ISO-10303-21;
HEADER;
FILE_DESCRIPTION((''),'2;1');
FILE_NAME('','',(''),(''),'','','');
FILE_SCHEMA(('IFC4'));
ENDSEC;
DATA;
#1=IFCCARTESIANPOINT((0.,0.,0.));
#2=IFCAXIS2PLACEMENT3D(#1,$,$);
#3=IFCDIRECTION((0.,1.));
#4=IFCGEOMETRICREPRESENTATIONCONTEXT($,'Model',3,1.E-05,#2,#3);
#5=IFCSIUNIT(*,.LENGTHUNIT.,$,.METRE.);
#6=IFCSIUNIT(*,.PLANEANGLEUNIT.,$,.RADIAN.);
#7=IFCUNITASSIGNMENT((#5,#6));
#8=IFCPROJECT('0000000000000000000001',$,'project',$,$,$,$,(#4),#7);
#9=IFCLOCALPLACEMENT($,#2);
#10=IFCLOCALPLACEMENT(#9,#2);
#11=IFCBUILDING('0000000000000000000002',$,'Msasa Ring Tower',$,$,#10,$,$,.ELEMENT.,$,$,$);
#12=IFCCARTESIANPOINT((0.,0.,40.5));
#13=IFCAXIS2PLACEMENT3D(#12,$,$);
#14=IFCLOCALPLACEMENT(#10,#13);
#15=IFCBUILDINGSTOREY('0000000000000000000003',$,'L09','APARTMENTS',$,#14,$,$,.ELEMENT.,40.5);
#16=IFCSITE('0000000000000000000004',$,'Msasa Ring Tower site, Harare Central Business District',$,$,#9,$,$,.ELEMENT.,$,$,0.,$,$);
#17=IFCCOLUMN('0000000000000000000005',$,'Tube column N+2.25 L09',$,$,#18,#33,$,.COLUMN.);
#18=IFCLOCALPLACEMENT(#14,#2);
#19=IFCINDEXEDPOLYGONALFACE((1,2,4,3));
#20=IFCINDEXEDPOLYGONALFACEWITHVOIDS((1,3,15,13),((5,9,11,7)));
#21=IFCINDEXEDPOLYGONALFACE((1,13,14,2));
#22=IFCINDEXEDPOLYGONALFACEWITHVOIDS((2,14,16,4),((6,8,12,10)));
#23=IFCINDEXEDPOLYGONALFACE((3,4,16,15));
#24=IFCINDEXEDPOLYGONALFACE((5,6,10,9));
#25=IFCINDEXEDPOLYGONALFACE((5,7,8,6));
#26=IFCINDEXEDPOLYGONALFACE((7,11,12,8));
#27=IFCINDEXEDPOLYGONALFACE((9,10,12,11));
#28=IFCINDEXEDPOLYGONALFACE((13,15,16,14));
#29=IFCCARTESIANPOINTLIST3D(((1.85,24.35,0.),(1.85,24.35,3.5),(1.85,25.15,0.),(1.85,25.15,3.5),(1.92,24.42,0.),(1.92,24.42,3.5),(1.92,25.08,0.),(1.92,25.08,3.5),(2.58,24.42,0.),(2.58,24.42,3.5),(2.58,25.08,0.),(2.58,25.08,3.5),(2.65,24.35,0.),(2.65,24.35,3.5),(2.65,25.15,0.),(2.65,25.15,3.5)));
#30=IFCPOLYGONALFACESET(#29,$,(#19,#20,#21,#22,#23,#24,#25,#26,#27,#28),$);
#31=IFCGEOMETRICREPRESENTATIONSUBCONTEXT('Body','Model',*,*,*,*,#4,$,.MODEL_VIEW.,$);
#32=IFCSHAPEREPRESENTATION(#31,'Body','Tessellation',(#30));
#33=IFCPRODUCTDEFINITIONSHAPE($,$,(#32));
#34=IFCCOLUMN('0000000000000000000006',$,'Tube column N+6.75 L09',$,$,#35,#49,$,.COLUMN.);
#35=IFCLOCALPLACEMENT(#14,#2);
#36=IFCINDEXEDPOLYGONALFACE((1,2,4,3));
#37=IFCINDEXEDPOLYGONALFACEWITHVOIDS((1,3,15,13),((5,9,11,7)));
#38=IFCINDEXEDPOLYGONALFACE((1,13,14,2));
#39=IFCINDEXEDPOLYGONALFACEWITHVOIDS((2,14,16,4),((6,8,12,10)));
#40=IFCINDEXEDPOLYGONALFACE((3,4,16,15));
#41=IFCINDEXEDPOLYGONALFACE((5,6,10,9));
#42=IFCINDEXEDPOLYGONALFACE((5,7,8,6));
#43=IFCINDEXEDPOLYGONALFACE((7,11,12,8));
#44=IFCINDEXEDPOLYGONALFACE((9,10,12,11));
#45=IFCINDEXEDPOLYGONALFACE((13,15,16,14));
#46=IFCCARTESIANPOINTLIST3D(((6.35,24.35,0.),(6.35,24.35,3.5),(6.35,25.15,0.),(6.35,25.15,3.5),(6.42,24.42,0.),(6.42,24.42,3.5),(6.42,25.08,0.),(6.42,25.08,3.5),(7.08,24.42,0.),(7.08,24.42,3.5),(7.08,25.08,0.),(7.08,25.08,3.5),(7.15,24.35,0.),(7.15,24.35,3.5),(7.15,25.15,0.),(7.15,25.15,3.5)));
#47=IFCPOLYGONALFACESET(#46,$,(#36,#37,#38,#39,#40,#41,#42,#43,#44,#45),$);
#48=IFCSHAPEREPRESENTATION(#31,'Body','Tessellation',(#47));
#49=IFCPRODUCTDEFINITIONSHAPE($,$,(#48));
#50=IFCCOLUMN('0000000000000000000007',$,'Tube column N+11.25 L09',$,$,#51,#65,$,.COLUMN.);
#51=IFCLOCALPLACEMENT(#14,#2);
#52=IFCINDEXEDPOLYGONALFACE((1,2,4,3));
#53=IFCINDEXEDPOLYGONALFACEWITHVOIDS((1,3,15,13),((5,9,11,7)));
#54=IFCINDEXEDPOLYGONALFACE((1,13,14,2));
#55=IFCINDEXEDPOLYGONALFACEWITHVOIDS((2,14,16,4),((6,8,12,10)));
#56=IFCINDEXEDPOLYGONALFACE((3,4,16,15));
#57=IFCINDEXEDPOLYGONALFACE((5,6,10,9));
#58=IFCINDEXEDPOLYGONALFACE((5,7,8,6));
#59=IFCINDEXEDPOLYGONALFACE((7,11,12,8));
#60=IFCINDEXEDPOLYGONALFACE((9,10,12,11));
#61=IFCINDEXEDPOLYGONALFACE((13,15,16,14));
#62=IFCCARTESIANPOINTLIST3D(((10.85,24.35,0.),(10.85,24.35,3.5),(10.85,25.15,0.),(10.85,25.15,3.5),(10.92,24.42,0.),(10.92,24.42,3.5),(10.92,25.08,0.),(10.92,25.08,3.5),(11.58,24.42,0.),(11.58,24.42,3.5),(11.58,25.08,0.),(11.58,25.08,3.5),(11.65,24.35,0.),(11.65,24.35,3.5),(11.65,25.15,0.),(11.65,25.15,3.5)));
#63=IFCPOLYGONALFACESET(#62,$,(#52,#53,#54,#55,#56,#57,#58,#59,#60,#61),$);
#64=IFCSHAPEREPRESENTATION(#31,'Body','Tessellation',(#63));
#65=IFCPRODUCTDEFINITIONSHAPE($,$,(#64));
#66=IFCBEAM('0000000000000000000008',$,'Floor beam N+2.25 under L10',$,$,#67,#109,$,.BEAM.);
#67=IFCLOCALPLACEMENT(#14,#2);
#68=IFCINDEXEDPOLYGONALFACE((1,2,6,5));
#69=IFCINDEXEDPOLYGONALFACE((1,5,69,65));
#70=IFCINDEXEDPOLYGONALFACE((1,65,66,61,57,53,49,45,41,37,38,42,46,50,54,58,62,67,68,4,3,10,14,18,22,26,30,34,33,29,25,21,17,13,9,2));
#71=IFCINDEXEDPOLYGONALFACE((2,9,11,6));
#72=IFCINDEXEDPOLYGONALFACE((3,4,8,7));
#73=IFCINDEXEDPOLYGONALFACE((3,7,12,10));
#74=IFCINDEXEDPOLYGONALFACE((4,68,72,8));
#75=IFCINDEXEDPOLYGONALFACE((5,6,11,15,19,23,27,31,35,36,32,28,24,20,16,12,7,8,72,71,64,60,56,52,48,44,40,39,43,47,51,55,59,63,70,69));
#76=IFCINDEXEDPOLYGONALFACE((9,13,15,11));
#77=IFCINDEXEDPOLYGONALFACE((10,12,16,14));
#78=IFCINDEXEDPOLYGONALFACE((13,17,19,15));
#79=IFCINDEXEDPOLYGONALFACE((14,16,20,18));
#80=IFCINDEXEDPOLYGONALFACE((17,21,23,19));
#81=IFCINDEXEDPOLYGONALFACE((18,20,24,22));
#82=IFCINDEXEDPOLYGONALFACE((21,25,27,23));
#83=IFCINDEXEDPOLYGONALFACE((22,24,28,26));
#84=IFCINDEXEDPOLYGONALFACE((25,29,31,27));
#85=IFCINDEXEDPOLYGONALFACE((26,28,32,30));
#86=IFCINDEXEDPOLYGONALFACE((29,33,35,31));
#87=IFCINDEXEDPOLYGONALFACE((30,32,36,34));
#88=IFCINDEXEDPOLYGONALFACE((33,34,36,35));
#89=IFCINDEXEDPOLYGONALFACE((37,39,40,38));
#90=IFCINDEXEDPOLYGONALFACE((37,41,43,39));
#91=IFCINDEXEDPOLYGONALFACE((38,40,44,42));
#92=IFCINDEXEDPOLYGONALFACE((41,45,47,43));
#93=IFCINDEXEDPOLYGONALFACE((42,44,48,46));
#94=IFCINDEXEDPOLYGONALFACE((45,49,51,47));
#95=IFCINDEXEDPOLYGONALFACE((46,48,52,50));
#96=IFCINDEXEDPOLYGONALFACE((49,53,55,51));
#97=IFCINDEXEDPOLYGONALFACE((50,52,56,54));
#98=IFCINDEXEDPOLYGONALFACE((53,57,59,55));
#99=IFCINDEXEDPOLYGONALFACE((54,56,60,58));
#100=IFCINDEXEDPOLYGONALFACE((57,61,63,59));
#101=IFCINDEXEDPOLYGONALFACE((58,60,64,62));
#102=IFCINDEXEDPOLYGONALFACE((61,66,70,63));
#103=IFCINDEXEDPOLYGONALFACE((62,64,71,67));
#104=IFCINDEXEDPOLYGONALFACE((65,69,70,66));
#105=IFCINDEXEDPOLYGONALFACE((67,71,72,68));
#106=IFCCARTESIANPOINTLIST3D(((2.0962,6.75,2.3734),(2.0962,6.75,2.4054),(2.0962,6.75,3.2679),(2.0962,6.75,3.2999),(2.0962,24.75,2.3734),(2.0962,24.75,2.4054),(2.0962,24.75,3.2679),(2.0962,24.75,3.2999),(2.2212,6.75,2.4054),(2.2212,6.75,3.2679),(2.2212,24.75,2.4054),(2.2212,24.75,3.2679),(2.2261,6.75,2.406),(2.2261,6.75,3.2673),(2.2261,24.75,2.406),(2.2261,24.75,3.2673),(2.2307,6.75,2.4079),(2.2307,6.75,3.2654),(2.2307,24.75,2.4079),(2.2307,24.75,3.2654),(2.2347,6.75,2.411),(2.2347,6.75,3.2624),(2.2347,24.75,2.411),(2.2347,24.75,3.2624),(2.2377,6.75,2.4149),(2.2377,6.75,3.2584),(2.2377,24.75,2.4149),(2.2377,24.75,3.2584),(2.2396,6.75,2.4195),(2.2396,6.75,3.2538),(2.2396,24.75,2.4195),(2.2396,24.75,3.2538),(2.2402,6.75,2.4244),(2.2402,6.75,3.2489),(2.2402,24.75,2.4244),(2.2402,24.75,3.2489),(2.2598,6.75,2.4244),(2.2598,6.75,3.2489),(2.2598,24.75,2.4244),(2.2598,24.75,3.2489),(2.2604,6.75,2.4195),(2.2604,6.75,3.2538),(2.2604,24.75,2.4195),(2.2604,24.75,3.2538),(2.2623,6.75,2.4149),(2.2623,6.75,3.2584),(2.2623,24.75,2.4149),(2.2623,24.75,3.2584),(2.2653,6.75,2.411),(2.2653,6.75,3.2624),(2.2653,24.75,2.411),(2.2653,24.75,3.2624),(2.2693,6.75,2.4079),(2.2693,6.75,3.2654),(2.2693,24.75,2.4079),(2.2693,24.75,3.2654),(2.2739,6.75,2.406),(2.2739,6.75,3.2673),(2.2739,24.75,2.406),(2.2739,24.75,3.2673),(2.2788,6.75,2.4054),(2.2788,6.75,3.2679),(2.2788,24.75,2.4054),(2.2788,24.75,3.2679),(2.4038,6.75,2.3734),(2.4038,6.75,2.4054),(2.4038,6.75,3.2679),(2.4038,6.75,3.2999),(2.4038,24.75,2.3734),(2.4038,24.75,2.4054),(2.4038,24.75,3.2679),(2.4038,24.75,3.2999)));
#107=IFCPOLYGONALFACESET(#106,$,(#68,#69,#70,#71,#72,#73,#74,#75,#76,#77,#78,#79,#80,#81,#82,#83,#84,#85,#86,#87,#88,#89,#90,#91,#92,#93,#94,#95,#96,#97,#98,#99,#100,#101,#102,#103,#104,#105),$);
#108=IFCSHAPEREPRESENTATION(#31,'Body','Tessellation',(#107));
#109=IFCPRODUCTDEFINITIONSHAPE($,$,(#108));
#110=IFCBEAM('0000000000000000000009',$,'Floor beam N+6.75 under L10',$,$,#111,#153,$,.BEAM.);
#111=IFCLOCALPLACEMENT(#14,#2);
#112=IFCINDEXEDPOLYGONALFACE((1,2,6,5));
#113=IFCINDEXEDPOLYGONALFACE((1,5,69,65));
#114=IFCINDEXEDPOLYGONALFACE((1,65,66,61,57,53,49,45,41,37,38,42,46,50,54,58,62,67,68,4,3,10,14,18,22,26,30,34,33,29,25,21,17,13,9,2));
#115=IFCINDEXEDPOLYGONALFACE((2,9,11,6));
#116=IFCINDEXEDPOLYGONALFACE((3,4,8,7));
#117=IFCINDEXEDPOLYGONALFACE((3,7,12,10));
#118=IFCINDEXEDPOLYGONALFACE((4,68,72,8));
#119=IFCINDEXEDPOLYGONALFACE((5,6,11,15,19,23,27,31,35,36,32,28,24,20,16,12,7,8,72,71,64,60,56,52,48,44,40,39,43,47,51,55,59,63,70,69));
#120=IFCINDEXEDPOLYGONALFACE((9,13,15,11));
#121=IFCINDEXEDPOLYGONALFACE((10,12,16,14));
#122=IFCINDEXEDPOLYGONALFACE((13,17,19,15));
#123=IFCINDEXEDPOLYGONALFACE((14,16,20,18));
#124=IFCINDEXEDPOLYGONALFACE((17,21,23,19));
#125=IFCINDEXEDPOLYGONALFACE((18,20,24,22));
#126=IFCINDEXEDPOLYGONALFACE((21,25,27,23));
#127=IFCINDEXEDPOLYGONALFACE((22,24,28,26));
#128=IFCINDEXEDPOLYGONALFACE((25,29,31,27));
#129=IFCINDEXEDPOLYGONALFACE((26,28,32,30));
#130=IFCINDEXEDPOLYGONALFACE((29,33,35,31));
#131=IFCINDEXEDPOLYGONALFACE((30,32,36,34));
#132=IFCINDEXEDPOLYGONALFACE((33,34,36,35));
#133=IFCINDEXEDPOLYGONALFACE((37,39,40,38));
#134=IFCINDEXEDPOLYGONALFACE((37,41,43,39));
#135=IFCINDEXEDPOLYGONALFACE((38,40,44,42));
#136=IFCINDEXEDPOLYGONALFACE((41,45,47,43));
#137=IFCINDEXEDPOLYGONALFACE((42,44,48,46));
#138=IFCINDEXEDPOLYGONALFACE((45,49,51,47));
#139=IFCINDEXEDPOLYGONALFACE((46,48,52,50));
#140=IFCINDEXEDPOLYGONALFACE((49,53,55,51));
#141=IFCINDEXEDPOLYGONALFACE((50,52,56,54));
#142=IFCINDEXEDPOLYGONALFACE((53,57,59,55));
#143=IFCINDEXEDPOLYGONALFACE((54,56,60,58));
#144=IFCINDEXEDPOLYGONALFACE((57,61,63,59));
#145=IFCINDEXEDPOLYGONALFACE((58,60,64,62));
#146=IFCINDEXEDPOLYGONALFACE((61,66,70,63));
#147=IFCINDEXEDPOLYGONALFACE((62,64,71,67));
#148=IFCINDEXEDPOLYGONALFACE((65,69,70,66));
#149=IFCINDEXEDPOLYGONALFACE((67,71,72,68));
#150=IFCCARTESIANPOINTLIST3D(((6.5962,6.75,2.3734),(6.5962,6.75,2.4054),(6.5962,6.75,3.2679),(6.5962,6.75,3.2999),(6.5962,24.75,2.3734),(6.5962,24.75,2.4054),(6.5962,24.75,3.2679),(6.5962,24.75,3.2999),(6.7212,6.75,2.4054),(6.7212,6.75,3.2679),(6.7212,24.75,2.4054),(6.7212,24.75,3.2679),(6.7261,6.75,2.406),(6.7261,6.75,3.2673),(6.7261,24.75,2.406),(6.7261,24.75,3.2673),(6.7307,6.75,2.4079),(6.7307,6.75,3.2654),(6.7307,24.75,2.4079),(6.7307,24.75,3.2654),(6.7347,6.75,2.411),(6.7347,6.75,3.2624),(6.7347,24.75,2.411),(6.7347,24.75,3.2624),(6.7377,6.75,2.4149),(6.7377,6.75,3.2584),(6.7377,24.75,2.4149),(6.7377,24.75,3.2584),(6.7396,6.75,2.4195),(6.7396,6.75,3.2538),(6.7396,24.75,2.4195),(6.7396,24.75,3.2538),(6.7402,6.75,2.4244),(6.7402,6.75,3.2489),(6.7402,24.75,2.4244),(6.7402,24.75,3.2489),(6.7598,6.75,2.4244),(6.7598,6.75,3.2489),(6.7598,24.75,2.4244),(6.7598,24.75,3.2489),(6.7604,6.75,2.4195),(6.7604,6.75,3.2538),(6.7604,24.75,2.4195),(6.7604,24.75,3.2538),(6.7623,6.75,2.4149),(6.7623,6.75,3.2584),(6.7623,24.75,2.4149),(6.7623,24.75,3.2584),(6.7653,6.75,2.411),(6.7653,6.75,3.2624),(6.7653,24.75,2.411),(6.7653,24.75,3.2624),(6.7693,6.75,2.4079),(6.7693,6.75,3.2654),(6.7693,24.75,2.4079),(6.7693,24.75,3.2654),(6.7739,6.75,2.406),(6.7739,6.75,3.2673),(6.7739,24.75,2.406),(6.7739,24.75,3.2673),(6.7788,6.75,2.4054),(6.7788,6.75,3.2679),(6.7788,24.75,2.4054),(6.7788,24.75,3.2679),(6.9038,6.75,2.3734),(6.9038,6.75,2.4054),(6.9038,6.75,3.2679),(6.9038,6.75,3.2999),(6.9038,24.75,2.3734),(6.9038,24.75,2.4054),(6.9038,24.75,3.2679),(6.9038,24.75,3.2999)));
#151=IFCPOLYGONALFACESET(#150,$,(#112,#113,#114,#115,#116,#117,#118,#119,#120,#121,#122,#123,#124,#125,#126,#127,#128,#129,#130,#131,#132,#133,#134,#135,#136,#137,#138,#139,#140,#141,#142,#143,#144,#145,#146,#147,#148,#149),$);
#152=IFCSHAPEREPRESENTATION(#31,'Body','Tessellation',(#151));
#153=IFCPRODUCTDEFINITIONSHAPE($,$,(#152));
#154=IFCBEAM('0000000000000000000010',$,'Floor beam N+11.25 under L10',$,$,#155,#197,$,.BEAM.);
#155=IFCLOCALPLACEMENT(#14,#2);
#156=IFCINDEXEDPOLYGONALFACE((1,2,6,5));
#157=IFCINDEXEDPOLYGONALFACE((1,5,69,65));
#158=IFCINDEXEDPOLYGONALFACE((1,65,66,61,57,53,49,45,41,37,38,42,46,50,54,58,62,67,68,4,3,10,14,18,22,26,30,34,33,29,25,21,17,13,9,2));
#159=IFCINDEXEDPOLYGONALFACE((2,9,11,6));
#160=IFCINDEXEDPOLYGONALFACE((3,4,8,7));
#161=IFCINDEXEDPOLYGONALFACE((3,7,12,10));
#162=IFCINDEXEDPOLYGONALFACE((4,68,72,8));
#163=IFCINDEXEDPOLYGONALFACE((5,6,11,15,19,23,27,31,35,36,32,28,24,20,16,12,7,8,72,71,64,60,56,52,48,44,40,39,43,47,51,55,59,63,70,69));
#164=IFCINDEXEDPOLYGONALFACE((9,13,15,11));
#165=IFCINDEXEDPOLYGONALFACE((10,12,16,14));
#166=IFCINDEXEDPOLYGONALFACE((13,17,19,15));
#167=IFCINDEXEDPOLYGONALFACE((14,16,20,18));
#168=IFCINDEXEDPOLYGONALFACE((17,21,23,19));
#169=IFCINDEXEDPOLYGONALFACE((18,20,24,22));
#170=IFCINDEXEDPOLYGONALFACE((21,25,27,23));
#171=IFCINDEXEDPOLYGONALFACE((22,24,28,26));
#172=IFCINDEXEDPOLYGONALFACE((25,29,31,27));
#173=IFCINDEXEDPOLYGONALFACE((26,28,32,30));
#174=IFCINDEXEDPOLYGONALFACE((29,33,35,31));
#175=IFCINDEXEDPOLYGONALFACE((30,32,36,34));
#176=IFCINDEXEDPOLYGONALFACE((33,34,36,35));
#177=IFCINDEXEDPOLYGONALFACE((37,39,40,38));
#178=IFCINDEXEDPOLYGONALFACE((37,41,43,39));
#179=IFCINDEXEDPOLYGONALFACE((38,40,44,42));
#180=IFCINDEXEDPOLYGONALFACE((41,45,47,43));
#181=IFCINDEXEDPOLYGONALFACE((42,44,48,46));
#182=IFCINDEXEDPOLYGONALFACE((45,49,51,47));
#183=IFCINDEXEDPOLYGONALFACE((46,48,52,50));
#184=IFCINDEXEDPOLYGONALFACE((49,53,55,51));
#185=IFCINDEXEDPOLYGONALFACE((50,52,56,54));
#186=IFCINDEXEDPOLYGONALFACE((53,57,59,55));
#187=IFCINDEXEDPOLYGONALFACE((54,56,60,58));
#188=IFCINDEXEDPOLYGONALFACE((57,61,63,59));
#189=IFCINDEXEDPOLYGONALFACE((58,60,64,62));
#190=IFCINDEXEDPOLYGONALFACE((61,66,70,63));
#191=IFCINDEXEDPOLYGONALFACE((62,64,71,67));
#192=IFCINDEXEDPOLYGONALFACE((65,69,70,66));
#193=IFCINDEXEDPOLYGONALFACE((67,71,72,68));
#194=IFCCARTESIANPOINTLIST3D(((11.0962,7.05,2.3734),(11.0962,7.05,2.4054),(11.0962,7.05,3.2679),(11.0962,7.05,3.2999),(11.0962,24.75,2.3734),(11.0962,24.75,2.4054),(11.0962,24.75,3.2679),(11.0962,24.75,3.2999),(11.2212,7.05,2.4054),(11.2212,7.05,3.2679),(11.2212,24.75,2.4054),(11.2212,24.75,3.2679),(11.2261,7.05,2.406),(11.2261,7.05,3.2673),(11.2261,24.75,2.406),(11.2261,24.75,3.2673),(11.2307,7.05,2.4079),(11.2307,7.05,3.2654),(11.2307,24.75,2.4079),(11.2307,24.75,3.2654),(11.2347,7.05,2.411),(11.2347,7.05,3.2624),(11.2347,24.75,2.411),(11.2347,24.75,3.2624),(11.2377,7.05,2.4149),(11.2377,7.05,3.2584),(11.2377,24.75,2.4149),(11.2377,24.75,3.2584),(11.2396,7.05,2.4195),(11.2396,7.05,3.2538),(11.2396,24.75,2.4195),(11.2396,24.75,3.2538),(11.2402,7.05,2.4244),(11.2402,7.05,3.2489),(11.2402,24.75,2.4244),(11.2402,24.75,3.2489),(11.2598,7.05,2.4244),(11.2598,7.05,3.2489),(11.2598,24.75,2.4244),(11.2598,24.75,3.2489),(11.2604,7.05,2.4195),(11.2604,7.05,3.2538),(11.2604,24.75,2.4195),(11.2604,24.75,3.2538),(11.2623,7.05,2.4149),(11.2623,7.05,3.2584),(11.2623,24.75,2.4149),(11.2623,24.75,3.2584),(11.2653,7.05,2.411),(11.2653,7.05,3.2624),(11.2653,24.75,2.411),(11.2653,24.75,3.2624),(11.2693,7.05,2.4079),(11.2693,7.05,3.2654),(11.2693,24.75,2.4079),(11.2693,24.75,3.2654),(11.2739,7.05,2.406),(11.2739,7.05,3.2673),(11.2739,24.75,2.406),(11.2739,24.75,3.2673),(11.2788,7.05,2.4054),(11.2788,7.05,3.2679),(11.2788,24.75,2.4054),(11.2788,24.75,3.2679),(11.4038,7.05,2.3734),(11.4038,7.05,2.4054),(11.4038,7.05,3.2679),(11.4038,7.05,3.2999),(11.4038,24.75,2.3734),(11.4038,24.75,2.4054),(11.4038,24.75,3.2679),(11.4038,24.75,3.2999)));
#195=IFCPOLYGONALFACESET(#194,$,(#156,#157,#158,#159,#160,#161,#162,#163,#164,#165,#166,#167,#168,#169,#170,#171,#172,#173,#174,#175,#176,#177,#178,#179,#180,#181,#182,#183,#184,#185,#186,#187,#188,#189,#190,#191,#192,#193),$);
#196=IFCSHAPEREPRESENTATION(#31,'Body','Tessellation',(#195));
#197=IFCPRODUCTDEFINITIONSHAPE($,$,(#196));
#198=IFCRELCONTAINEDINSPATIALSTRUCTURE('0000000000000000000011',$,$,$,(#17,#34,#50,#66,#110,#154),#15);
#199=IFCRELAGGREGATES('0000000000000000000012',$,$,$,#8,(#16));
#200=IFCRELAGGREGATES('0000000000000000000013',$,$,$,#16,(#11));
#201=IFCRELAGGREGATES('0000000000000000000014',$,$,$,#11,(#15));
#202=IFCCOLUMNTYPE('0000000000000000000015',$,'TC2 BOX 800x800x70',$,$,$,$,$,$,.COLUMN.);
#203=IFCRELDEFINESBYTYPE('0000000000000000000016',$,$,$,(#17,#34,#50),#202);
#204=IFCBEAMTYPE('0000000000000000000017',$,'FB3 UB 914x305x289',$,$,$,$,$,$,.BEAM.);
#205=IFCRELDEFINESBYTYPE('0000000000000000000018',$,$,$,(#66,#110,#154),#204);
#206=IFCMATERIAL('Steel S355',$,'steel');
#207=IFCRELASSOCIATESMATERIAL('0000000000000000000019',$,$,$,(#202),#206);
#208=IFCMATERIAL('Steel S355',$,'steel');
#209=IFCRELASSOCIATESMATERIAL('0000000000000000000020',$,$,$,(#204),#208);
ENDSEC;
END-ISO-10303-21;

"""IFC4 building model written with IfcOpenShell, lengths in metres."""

from ifc_helpers import new_model, si_unit, direction, frame, origin, origin_2d, place, context, subcontext, project, spatial, hollow_rectangle, i_section, extrude, material, material_profile, profile_set, type_object, element, save


model = new_model("IFC4")

# Units and contexts
model_context = context("Model", 3, precision=1e-05, world=origin(), true_north=direction((0.0, 1.0)))
body_context = subcontext(model_context, "Body", "Model", "MODEL_VIEW")
ifc_project = project(units=[si_unit("LENGTHUNIT", "METRE"), si_unit("PLANEANGLEUNIT", "RADIAN")], contexts=[model_context])

# Site, building, storey
site_placement = place(None, origin())
site = spatial("IfcSite", under=ifc_project, at=site_placement, Name="Msasa Ring Tower site, Harare Central Business District", CompositionType="ELEMENT", RefElevation=0.0)
building_placement = place(site_placement, origin())
building = spatial("IfcBuilding", under=site, at=building_placement, Name="Msasa Ring Tower", CompositionType="ELEMENT")
storey_placement = place(building_placement, frame((0.0, 0.0, 40.5)))
storey = spatial("IfcBuildingStorey", under=building, at=storey_placement, Name="L09", Description="APARTMENTS", CompositionType="ELEMENT", Elevation=40.5)

# Columns
ifc_material_1 = material(Name="Steel S355", Category="steel")
ifc_material_profile_1 = material_profile(ifc_material_1, hollow_rectangle(XDim=0.8, YDim=0.8, WallThickness=0.0701, at=origin_2d()), Name="BOX 800x800x70")
ifc_profile_set_1 = profile_set([ifc_material_profile_1], Name="Steel S355")
column_type = type_object("IfcColumnType", Name="TC2 BOX 800x800x70", PredefinedType="COLUMN", material=ifc_profile_set_1)
for number, where, z_axis, x_axis, name in (
    (1, (2.25, 24.75, 0.0), (0.0, 0.0, 1.0), (0.0, 1.0, 0.0), "Tube column N+2.25 L09"),
    (2, (6.75, 24.75, 0.0), (0.0, 0.0, 1.0), (0.0, 1.0, 0.0), "Tube column N+6.75 L09"),
    (3, (11.25, 24.75, 0.0), (0.0, 0.0, 1.0), (0.0, 1.0, 0.0), "Tube column N+11.25 L09"),
):
    element("IfcColumn", number, at=place(storey_placement, frame(where, z_axis=z_axis, x_axis=x_axis)), inside=storey, type_object=column_type, Name=name, PredefinedType="COLUMN", context=body_context, shape_type="SweptSolid", body=[
        extrude(hollow_rectangle(XDim=0.8, YDim=0.8, WallThickness=0.0701, at=origin_2d()), origin(), (0.0, 0.0, 1.0), 3.5),
    ])

# Beams
ifc_material_2 = material(Name="Steel S355", Category="steel")
ifc_material_profile_2 = material_profile(ifc_material_2, i_section(OverallWidth=0.3076, OverallDepth=0.9265, WebThickness=0.0195, FlangeThickness=0.032, FilletRadius=0.019, at=origin_2d()), Name="UB 914x305x289")
ifc_profile_set_2 = profile_set([ifc_material_profile_2], Name="Steel S355")
beam_type_1 = type_object("IfcBeamType", Name="FB3 UB 914x305x289", PredefinedType="BEAM", material=ifc_profile_set_2)
for number, where, z_axis, x_axis, name in (
    (4, (2.25, 24.75, 2.8367), (0.0, -1.0, 0.0), (1.0, 0.0, 0.0), "Floor beam N+2.25 under L10"),
    (5, (6.75, 24.75, 2.8367), (0.0, -1.0, 0.0), (1.0, 0.0, 0.0), "Floor beam N+6.75 under L10"),
):
    element("IfcBeam", number, at=place(storey_placement, frame(where, z_axis=z_axis, x_axis=x_axis)), inside=storey, type_object=beam_type_1, Name=name, PredefinedType="BEAM", context=body_context, shape_type="SweptSolid", body=[
        extrude(i_section(OverallWidth=0.3076, OverallDepth=0.9265, WebThickness=0.0195, FlangeThickness=0.032, FilletRadius=0.019, at=origin_2d()), origin(), (0.0, 0.0, 1.0), 18.0),
    ])
beam_placement = place(storey_placement, frame((11.25, 24.75, 2.8367), z_axis=(0.0, -1.0, 0.0), x_axis=(1.0, 0.0, 0.0)))
element("IfcBeam", 6, at=beam_placement, inside=storey, type_object=beam_type_1, Name="Floor beam N+11.25 under L10", PredefinedType="BEAM", context=body_context, shape_type="SweptSolid", body=[
    extrude(i_section(OverallWidth=0.3076, OverallDepth=0.9265, WebThickness=0.0195, FlangeThickness=0.032, FilletRadius=0.019, at=origin_2d()), origin(), (0.0, 0.0, 1.0), 17.7),
])

save(model, "model.ifc")
